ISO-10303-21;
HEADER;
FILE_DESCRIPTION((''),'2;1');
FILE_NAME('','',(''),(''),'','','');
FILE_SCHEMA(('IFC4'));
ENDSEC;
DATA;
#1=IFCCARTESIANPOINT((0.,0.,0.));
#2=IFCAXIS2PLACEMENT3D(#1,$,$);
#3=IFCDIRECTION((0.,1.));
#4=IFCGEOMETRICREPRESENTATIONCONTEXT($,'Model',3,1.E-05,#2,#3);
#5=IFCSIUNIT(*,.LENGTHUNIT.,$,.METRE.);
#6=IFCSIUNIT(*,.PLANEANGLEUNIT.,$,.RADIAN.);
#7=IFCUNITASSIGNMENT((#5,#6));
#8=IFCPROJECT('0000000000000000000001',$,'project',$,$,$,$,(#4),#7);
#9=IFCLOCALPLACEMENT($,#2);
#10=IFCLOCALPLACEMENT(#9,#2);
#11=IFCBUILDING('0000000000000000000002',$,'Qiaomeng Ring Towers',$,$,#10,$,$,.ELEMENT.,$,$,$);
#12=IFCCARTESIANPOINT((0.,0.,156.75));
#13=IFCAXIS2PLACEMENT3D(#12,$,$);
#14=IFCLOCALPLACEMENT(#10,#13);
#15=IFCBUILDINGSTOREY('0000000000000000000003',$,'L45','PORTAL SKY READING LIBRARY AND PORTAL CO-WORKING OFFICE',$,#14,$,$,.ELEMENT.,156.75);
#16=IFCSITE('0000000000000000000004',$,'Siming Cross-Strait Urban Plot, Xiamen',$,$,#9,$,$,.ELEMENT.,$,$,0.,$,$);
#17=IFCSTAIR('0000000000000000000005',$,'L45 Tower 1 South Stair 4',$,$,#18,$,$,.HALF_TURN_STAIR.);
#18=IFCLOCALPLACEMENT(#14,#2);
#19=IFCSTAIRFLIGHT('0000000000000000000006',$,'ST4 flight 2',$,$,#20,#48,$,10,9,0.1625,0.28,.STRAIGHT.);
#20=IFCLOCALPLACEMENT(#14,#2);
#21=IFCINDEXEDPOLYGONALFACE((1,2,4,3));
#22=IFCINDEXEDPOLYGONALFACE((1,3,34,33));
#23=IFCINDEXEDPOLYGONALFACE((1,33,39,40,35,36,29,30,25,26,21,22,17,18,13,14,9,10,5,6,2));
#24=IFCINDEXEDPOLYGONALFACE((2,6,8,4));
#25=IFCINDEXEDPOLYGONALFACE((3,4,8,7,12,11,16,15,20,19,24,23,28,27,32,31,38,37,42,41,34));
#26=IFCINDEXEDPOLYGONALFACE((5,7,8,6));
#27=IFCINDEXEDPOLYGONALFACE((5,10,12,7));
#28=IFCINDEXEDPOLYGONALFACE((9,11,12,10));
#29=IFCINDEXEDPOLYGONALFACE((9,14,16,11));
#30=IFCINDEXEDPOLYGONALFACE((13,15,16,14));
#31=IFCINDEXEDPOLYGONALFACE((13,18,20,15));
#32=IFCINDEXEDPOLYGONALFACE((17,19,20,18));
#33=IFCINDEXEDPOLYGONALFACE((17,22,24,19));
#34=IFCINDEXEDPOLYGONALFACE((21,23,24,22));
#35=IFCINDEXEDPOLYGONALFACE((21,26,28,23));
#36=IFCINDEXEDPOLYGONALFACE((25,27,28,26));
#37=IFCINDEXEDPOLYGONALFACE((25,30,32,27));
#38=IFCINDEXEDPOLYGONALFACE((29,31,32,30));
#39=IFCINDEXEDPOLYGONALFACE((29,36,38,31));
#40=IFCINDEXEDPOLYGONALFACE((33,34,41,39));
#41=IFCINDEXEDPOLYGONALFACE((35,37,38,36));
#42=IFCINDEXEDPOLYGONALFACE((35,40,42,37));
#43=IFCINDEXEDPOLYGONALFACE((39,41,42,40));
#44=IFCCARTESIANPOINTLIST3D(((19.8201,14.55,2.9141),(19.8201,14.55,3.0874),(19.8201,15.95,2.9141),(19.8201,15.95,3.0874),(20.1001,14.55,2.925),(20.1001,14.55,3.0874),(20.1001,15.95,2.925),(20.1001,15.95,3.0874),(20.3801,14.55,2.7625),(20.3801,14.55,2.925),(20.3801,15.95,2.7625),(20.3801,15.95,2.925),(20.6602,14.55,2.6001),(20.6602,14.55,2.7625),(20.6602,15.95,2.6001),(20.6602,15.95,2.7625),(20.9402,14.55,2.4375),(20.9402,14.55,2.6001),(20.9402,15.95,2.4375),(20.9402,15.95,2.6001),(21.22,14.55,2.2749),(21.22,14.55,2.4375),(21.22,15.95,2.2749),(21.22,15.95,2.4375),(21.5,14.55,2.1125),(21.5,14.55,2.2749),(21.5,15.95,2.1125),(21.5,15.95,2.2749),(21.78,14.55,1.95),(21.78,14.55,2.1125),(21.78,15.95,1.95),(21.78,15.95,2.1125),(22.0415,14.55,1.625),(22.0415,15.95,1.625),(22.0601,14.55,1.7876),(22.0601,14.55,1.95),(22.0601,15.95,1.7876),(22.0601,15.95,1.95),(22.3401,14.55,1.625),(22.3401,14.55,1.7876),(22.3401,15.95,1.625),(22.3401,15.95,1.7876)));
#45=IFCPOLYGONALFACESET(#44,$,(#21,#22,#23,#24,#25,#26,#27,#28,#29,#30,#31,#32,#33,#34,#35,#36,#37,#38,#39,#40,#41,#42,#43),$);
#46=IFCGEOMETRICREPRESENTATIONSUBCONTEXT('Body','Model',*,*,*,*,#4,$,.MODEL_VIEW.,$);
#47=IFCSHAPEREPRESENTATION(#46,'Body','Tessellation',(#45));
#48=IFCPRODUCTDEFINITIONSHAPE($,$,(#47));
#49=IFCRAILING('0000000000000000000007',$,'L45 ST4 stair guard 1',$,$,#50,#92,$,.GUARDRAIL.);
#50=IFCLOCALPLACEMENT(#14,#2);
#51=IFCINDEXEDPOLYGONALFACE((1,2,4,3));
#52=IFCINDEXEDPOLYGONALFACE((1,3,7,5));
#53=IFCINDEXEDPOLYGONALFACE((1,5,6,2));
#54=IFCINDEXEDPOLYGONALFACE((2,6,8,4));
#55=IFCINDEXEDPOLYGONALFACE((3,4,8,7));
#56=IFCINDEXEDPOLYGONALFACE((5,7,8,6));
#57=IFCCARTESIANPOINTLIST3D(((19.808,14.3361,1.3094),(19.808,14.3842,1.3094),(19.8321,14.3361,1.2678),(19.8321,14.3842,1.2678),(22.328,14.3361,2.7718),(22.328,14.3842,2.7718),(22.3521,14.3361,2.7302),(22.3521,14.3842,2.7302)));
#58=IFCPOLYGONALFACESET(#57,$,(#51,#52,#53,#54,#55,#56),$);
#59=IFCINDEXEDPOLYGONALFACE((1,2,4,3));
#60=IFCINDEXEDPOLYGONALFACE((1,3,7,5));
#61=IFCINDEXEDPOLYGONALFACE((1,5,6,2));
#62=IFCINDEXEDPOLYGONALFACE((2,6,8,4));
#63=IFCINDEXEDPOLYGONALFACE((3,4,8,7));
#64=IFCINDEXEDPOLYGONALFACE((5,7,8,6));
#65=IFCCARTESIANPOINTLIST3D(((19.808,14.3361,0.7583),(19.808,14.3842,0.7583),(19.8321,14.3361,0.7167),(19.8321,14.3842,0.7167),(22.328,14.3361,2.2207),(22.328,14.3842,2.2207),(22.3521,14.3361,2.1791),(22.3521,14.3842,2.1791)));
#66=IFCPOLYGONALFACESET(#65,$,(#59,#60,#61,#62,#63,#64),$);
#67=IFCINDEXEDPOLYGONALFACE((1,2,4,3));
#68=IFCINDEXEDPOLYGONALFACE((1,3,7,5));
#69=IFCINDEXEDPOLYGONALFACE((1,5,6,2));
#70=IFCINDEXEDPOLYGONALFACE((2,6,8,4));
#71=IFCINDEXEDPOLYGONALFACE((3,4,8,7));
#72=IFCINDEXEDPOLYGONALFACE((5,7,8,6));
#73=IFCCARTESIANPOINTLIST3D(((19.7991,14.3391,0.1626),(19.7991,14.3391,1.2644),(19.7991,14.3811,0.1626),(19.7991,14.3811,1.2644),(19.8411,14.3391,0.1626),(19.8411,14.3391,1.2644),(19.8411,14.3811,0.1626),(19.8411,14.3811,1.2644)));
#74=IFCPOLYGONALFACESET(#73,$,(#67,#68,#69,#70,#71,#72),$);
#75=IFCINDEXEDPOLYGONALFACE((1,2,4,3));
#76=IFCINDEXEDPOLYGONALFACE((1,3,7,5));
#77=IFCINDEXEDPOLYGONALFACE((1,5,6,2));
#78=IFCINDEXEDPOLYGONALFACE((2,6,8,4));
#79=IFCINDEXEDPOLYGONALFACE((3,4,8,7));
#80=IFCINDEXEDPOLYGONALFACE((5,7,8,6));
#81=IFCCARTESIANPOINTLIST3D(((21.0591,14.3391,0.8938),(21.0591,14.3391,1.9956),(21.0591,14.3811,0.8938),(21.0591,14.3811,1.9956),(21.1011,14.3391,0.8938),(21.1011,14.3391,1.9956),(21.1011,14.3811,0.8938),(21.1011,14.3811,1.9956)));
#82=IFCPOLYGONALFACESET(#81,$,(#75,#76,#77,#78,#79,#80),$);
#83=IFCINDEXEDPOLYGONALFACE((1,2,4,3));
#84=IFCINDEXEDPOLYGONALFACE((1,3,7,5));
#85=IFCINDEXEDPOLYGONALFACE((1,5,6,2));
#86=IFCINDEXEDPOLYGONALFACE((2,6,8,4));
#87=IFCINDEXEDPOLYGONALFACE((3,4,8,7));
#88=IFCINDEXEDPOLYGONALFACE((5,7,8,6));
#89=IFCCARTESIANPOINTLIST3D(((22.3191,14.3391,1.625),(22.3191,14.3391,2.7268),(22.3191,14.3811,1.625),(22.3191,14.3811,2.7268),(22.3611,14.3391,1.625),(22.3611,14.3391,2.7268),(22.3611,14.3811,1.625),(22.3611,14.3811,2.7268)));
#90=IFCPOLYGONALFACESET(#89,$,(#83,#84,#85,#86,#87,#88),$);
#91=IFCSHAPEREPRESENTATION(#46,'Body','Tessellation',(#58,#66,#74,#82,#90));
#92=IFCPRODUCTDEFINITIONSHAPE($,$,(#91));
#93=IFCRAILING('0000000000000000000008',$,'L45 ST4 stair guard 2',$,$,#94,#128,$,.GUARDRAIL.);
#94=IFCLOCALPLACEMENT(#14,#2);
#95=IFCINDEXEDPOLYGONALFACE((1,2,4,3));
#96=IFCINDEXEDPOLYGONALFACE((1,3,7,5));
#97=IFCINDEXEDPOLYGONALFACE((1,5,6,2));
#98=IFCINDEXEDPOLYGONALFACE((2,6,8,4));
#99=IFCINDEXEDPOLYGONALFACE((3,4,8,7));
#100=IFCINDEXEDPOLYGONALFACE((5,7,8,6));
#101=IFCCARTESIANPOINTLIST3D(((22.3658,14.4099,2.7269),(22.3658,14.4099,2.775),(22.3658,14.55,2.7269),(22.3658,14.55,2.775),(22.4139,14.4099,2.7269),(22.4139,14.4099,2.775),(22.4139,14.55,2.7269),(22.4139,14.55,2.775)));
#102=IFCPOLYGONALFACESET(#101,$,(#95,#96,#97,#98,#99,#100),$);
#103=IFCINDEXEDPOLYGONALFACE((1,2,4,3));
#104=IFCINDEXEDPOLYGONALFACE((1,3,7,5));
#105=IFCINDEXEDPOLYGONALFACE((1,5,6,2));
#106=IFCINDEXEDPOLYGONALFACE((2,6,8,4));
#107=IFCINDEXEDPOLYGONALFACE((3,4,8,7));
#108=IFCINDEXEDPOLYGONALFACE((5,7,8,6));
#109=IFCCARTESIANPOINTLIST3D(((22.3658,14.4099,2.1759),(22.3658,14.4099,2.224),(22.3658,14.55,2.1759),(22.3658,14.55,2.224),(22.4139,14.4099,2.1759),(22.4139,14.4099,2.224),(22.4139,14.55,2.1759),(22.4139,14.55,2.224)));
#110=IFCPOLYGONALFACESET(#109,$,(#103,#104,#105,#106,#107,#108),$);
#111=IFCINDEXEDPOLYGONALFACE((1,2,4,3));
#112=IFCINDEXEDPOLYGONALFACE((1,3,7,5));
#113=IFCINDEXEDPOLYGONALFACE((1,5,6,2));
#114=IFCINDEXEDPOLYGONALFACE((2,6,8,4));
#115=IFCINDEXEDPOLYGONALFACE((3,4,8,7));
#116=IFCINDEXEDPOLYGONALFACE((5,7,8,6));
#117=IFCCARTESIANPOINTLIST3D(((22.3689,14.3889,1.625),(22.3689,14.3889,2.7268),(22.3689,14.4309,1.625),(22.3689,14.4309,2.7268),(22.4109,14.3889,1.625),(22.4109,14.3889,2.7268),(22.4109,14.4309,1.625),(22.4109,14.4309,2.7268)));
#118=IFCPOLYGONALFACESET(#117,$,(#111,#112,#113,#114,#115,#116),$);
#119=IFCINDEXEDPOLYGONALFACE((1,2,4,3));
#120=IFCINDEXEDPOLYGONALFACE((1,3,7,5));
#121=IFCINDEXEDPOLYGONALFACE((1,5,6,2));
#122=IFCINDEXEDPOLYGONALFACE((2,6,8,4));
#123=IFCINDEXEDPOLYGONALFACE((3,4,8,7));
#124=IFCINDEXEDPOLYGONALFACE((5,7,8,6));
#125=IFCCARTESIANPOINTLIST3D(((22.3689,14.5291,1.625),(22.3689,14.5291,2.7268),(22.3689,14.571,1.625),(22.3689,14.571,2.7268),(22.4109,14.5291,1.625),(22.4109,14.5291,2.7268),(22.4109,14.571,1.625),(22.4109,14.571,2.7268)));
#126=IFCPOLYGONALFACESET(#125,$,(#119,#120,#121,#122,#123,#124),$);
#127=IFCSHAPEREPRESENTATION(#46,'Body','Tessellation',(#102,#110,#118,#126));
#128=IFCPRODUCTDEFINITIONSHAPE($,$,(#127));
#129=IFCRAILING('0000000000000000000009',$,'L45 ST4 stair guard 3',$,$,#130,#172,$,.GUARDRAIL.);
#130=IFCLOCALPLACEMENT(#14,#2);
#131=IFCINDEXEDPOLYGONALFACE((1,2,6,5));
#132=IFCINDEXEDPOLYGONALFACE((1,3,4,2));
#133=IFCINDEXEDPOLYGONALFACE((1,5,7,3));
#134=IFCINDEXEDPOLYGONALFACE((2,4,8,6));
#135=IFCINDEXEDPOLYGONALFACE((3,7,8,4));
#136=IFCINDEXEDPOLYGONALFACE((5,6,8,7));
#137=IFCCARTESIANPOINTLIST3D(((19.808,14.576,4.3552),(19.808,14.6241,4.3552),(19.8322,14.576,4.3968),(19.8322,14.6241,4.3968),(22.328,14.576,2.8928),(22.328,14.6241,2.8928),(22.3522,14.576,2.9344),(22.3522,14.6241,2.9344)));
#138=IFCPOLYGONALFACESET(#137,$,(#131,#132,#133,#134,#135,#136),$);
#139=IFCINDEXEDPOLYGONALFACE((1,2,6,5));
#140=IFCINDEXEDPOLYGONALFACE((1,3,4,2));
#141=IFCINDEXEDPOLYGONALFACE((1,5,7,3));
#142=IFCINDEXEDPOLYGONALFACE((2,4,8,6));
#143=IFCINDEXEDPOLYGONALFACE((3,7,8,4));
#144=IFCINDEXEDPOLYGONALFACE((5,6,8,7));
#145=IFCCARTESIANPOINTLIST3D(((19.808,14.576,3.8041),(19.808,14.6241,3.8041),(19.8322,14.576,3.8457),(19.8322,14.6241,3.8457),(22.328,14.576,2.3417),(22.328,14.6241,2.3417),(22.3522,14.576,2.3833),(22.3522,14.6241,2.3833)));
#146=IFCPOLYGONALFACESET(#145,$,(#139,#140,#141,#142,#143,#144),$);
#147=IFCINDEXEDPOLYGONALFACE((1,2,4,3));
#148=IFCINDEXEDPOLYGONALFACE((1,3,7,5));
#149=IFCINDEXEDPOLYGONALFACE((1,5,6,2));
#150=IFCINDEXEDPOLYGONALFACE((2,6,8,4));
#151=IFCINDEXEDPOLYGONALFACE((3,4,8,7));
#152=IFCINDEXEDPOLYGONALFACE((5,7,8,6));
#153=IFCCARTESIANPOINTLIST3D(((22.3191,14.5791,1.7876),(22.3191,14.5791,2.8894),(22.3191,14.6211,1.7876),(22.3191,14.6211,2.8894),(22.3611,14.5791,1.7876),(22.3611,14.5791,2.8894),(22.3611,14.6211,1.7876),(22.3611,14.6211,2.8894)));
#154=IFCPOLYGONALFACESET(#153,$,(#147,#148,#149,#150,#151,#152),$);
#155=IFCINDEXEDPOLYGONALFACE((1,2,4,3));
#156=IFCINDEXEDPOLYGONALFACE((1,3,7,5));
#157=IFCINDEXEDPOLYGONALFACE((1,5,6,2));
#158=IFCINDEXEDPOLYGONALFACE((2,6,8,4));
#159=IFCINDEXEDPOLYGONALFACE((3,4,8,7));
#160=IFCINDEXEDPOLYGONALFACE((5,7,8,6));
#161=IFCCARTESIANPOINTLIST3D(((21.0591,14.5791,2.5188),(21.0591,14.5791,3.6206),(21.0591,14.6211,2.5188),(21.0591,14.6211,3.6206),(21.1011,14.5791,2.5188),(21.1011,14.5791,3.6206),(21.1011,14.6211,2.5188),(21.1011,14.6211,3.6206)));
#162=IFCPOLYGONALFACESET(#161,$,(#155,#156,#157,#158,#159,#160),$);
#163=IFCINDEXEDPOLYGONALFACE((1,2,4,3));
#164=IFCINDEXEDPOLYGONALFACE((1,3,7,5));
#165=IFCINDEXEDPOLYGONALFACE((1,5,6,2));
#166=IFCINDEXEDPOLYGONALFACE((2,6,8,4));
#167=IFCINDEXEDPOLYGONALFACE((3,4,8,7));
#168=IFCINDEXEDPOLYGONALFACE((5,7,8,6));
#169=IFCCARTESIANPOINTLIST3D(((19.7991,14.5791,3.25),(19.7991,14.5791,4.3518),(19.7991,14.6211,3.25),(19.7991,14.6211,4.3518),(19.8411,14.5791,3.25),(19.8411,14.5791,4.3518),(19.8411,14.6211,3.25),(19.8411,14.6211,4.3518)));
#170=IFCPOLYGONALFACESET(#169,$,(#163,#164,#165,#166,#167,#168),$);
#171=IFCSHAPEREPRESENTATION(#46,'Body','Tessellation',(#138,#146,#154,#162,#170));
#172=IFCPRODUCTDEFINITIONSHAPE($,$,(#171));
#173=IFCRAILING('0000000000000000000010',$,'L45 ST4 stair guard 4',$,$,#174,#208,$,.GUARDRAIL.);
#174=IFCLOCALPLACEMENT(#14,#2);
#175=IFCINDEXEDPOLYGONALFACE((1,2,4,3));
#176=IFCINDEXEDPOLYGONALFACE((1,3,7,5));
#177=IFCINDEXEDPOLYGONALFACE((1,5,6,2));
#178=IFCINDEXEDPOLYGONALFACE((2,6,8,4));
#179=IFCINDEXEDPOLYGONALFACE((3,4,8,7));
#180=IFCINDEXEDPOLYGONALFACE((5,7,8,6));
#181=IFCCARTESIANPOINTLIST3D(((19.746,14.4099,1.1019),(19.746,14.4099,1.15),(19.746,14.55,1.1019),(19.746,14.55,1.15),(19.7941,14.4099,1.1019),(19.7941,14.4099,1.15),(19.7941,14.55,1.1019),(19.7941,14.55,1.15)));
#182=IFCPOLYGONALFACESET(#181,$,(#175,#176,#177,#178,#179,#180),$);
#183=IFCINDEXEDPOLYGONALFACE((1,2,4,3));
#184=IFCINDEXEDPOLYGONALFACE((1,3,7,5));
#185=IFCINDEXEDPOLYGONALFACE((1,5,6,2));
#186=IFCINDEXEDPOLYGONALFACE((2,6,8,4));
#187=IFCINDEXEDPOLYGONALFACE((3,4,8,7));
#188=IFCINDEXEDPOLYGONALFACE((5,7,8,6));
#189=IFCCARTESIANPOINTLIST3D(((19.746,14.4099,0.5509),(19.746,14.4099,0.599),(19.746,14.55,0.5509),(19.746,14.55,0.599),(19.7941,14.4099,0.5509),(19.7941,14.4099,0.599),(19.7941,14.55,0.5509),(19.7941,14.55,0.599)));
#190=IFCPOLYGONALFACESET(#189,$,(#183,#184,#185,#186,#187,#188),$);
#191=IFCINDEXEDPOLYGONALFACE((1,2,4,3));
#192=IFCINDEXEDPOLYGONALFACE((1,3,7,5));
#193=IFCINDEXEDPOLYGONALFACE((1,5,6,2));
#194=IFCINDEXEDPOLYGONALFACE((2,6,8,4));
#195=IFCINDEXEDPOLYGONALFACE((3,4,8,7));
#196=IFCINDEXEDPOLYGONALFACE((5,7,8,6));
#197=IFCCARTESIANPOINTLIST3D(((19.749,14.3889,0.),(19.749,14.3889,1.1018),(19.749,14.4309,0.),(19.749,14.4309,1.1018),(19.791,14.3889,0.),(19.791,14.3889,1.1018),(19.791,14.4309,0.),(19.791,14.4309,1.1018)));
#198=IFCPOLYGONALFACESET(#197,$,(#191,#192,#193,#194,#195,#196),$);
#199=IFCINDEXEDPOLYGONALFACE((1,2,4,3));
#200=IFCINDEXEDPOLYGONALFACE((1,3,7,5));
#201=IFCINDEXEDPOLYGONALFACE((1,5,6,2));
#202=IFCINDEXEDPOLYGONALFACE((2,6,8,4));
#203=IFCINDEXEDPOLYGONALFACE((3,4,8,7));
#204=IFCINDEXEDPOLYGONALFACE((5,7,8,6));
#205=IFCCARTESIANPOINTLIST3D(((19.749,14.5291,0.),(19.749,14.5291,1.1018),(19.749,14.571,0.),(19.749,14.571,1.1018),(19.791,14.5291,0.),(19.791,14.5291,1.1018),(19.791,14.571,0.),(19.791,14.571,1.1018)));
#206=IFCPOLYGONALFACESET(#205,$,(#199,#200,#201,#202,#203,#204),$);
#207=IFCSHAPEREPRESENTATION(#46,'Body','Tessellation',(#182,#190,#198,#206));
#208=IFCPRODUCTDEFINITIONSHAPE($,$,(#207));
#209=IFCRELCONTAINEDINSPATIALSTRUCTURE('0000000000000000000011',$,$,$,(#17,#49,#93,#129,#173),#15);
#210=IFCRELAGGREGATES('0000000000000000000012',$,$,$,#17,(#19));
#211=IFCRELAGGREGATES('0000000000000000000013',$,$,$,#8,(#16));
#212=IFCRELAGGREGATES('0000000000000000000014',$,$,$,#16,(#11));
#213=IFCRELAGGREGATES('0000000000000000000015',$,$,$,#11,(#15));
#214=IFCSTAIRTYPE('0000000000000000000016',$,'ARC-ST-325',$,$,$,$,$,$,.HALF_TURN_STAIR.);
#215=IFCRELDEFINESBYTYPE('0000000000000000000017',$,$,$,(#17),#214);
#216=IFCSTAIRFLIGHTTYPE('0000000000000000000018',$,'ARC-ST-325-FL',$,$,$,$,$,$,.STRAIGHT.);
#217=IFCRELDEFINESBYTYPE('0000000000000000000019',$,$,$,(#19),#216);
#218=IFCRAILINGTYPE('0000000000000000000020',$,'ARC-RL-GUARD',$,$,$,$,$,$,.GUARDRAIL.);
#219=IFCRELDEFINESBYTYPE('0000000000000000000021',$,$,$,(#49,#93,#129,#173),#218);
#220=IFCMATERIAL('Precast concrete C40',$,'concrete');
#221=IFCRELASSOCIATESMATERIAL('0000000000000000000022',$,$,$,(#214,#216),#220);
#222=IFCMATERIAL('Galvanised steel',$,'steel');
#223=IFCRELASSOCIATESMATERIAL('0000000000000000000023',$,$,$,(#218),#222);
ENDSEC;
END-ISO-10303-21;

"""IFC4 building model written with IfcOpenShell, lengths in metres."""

from ifc_helpers import new_model, si_unit, direction, frame, origin, origin_2d, place, context, subcontext, project, spatial, polyline, rectangle, outline, extrude, source, transform, mapped, material, type_object, element, aggregate, save


model = new_model("IFC4")

# Units and contexts
model_context = context("Model", 3, precision=1e-05, world=origin(), true_north=direction((0.0, 1.0)))
body_context = subcontext(model_context, "Body", "Model", "MODEL_VIEW")
ifc_project = project(units=[si_unit("LENGTHUNIT", "METRE"), si_unit("PLANEANGLEUNIT", "RADIAN")], contexts=[model_context])

# Site, building, storey
site_placement = place(None, origin())
site = spatial("IfcSite", under=ifc_project, at=site_placement, Name="Siming Cross-Strait Urban Plot, Xiamen", CompositionType="ELEMENT", RefElevation=0.0)
building_placement = place(site_placement, origin())
building = spatial("IfcBuilding", under=site, at=building_placement, Name="Qiaomeng Ring Towers", CompositionType="ELEMENT")
storey_placement = place(building_placement, frame((0.0, 0.0, 156.75)))
storey = spatial("IfcBuildingStorey", under=building, at=storey_placement, Name="L45", Description="PORTAL SKY READING LIBRARY AND PORTAL CO-WORKING OFFICE", CompositionType="ELEMENT", Elevation=156.75)

# Shared definitions
ifc_material_1 = material(Name="Galvanised steel", Category="steel")

# Stair, stair flight
ifc_material_2 = material(Name="Precast concrete C40", Category="concrete")
stair_type = type_object("IfcStairType", Name="ARC-ST-325", PredefinedType="HALF_TURN_STAIR", material=ifc_material_2)
stair_placement = place(storey_placement, origin())
stair = element("IfcStair", 1, at=stair_placement, inside=storey, type_object=stair_type, Name="L45 Tower 1 South Stair 4", PredefinedType="HALF_TURN_STAIR")
stair_flight_type = type_object("IfcStairFlightType", Name="ARC-ST-325-FL", PredefinedType="STRAIGHT", material=ifc_material_2)
shared_shape_1 = source(origin(), body_context, "Body", "SweptSolid", [
    extrude(outline(polyline([(0.0, 0.0), (0.0, 0.1626), (0.28, 0.1626), (0.28, 0.325), (0.5601, 0.325), (0.5601, 0.4875), (0.8401, 0.4875), (0.8401, 0.6499), (1.1201, 0.6499), (1.1201, 0.8125), (1.3999, 0.8125), (1.3999, 0.9751), (1.6799, 0.9751), (1.6799, 1.1375), (1.96, 1.1375), (1.96, 1.3), (2.24, 1.3), (2.24, 1.4624), (2.52, 1.4624), (2.52, 1.625), (2.52, 1.2891), (0.2986, 0.0), (0.0, 0.0)])), frame((0.0, 0.7, 0.0), z_axis=(0.0, -1.0, 0.0), x_axis=(1.0, 0.0, 0.0)), (0.0, 0.0, 1.0), 1.3999),
])
stair_flight_1_placement = place(storey_placement, frame((22.3401, 15.25, 1.625), z_axis=(0.0, 0.0, 1.0), x_axis=(-1.0, 0.0, 0.0)))
stair_flight_1 = element("IfcStairFlight", 2, at=stair_flight_1_placement, type_object=stair_flight_type, Name="ST4 flight 2", NumberOfRisers=10, NumberOfTreads=9, PredefinedType="STRAIGHT", RiserHeight=0.1625, TreadLength=0.28, context=body_context, shape_type="MappedRepresentation", body=[
    mapped(shared_shape_1, transform((0.0, 0.0, 0.0), x_axis=(1.0, 0.0, 0.0), y_axis=(0.0, 1.0, 0.0), z_axis=(0.0, 0.0, 1.0), scale=1.0)),
])
aggregate(stair, [stair_flight_1])

# Railings
railing_type_1 = type_object("IfcRailingType", Name="ARC-RL-GUARD", PredefinedType="GUARDRAIL", material=ifc_material_1)
railing_1_placement = place(storey_placement, frame((19.8201, 14.3601, 0.1626)))
element("IfcRailing", 3, at=railing_1_placement, inside=storey, type_object=railing_type_1, Name="L45 ST4 stair guard 1", PredefinedType="GUARDRAIL", context=body_context, shape_type="SweptSolid", body=[
    extrude(rectangle(XDim=0.0481, YDim=0.0481, at=origin_2d()), frame((0.0, 0.0, 1.126), z_axis=(0.864913, 0.0, 0.501921), x_axis=(0.0, 1.0, 0.0)), (0.0, 0.0, 1.0), 2.9136),
    extrude(rectangle(XDim=0.0481, YDim=0.0481, at=origin_2d()), frame((0.0, 0.0, 0.575), z_axis=(0.864913, 0.0, 0.501921), x_axis=(0.0, 1.0, 0.0)), (0.0, 0.0, 1.0), 2.9136),
    extrude(rectangle(XDim=0.042, YDim=0.042, at=origin_2d()), origin(), (0.0, 0.0, 1.0), 1.1018),
    extrude(rectangle(XDim=0.042, YDim=0.042, at=origin_2d()), frame((1.26, 0.0, 0.7312)), (0.0, 0.0, 1.0), 1.1018),
    extrude(rectangle(XDim=0.042, YDim=0.042, at=origin_2d()), frame((2.52, 0.0, 1.4624)), (0.0, 0.0, 1.0), 1.1018),
])
railing_2_placement = place(storey_placement, frame((22.3899, 14.4099, 1.625)))
element("IfcRailing", 4, at=railing_2_placement, inside=storey, type_object=railing_type_1, Name="L45 ST4 stair guard 2", PredefinedType="GUARDRAIL", context=body_context, shape_type="SweptSolid", body=[
    extrude(rectangle(XDim=0.0481, YDim=0.0481, at=origin_2d()), frame((0.0, 0.0, 1.126), z_axis=(0.0, 1.0, 0.0), x_axis=(-1.0, 0.0, 0.0)), (0.0, 0.0, 1.0), 0.1401),
    extrude(rectangle(XDim=0.0481, YDim=0.0481, at=origin_2d()), frame((0.0, 0.0, 0.575), z_axis=(0.0, 1.0, 0.0), x_axis=(-1.0, 0.0, 0.0)), (0.0, 0.0, 1.0), 0.1401),
    extrude(rectangle(XDim=0.042, YDim=0.042, at=origin_2d()), origin(), (0.0, 0.0, 1.0), 1.1018),
    extrude(rectangle(XDim=0.042, YDim=0.042, at=origin_2d()), frame((0.0, 0.1401, 0.0)), (0.0, 0.0, 1.0), 1.1018),
])
railing_3_placement = place(storey_placement, frame((22.3401, 14.6001, 1.7876)))
element("IfcRailing", 5, at=railing_3_placement, inside=storey, type_object=railing_type_1, Name="L45 ST4 stair guard 3", PredefinedType="GUARDRAIL", context=body_context, shape_type="SweptSolid", body=[
    extrude(rectangle(XDim=0.0481, YDim=0.0481, at=origin_2d()), frame((0.0, 0.0, 1.126), z_axis=(-0.864913, 0.0, 0.501921), x_axis=(0.0, -1.0, 0.0)), (0.0, 0.0, 1.0), 2.9136),
    extrude(rectangle(XDim=0.0481, YDim=0.0481, at=origin_2d()), frame((0.0, 0.0, 0.575), z_axis=(-0.864913, 0.0, 0.501921), x_axis=(0.0, -1.0, 0.0)), (0.0, 0.0, 1.0), 2.9136),
    extrude(rectangle(XDim=0.042, YDim=0.042, at=origin_2d()), origin(), (0.0, 0.0, 1.0), 1.1018),
    extrude(rectangle(XDim=0.042, YDim=0.042, at=origin_2d()), frame((-1.26, 0.0, 0.7312)), (0.0, 0.0, 1.0), 1.1018),
    extrude(rectangle(XDim=0.042, YDim=0.042, at=origin_2d()), frame((-2.52, 0.0, 1.4624)), (0.0, 0.0, 1.0), 1.1018),
])
railing_4_placement = place(storey_placement, frame((19.77, 14.4099, 0.0)))
element("IfcRailing", 6, at=railing_4_placement, inside=storey, type_object=railing_type_1, Name="L45 ST4 stair guard 4", PredefinedType="GUARDRAIL", context=body_context, shape_type="SweptSolid", body=[
    extrude(rectangle(XDim=0.0481, YDim=0.0481, at=origin_2d()), frame((0.0, 0.0, 1.126), z_axis=(0.0, 1.0, 0.0), x_axis=(-1.0, 0.0, 0.0)), (0.0, 0.0, 1.0), 0.1401),
    extrude(rectangle(XDim=0.0481, YDim=0.0481, at=origin_2d()), frame((0.0, 0.0, 0.575), z_axis=(0.0, 1.0, 0.0), x_axis=(-1.0, 0.0, 0.0)), (0.0, 0.0, 1.0), 0.1401),
    extrude(rectangle(XDim=0.042, YDim=0.042, at=origin_2d()), origin(), (0.0, 0.0, 1.0), 1.1018),
    extrude(rectangle(XDim=0.042, YDim=0.042, at=origin_2d()), frame((0.0, 0.1401, 0.0)), (0.0, 0.0, 1.0), 1.1018),
])

save(model, "model.ifc")
